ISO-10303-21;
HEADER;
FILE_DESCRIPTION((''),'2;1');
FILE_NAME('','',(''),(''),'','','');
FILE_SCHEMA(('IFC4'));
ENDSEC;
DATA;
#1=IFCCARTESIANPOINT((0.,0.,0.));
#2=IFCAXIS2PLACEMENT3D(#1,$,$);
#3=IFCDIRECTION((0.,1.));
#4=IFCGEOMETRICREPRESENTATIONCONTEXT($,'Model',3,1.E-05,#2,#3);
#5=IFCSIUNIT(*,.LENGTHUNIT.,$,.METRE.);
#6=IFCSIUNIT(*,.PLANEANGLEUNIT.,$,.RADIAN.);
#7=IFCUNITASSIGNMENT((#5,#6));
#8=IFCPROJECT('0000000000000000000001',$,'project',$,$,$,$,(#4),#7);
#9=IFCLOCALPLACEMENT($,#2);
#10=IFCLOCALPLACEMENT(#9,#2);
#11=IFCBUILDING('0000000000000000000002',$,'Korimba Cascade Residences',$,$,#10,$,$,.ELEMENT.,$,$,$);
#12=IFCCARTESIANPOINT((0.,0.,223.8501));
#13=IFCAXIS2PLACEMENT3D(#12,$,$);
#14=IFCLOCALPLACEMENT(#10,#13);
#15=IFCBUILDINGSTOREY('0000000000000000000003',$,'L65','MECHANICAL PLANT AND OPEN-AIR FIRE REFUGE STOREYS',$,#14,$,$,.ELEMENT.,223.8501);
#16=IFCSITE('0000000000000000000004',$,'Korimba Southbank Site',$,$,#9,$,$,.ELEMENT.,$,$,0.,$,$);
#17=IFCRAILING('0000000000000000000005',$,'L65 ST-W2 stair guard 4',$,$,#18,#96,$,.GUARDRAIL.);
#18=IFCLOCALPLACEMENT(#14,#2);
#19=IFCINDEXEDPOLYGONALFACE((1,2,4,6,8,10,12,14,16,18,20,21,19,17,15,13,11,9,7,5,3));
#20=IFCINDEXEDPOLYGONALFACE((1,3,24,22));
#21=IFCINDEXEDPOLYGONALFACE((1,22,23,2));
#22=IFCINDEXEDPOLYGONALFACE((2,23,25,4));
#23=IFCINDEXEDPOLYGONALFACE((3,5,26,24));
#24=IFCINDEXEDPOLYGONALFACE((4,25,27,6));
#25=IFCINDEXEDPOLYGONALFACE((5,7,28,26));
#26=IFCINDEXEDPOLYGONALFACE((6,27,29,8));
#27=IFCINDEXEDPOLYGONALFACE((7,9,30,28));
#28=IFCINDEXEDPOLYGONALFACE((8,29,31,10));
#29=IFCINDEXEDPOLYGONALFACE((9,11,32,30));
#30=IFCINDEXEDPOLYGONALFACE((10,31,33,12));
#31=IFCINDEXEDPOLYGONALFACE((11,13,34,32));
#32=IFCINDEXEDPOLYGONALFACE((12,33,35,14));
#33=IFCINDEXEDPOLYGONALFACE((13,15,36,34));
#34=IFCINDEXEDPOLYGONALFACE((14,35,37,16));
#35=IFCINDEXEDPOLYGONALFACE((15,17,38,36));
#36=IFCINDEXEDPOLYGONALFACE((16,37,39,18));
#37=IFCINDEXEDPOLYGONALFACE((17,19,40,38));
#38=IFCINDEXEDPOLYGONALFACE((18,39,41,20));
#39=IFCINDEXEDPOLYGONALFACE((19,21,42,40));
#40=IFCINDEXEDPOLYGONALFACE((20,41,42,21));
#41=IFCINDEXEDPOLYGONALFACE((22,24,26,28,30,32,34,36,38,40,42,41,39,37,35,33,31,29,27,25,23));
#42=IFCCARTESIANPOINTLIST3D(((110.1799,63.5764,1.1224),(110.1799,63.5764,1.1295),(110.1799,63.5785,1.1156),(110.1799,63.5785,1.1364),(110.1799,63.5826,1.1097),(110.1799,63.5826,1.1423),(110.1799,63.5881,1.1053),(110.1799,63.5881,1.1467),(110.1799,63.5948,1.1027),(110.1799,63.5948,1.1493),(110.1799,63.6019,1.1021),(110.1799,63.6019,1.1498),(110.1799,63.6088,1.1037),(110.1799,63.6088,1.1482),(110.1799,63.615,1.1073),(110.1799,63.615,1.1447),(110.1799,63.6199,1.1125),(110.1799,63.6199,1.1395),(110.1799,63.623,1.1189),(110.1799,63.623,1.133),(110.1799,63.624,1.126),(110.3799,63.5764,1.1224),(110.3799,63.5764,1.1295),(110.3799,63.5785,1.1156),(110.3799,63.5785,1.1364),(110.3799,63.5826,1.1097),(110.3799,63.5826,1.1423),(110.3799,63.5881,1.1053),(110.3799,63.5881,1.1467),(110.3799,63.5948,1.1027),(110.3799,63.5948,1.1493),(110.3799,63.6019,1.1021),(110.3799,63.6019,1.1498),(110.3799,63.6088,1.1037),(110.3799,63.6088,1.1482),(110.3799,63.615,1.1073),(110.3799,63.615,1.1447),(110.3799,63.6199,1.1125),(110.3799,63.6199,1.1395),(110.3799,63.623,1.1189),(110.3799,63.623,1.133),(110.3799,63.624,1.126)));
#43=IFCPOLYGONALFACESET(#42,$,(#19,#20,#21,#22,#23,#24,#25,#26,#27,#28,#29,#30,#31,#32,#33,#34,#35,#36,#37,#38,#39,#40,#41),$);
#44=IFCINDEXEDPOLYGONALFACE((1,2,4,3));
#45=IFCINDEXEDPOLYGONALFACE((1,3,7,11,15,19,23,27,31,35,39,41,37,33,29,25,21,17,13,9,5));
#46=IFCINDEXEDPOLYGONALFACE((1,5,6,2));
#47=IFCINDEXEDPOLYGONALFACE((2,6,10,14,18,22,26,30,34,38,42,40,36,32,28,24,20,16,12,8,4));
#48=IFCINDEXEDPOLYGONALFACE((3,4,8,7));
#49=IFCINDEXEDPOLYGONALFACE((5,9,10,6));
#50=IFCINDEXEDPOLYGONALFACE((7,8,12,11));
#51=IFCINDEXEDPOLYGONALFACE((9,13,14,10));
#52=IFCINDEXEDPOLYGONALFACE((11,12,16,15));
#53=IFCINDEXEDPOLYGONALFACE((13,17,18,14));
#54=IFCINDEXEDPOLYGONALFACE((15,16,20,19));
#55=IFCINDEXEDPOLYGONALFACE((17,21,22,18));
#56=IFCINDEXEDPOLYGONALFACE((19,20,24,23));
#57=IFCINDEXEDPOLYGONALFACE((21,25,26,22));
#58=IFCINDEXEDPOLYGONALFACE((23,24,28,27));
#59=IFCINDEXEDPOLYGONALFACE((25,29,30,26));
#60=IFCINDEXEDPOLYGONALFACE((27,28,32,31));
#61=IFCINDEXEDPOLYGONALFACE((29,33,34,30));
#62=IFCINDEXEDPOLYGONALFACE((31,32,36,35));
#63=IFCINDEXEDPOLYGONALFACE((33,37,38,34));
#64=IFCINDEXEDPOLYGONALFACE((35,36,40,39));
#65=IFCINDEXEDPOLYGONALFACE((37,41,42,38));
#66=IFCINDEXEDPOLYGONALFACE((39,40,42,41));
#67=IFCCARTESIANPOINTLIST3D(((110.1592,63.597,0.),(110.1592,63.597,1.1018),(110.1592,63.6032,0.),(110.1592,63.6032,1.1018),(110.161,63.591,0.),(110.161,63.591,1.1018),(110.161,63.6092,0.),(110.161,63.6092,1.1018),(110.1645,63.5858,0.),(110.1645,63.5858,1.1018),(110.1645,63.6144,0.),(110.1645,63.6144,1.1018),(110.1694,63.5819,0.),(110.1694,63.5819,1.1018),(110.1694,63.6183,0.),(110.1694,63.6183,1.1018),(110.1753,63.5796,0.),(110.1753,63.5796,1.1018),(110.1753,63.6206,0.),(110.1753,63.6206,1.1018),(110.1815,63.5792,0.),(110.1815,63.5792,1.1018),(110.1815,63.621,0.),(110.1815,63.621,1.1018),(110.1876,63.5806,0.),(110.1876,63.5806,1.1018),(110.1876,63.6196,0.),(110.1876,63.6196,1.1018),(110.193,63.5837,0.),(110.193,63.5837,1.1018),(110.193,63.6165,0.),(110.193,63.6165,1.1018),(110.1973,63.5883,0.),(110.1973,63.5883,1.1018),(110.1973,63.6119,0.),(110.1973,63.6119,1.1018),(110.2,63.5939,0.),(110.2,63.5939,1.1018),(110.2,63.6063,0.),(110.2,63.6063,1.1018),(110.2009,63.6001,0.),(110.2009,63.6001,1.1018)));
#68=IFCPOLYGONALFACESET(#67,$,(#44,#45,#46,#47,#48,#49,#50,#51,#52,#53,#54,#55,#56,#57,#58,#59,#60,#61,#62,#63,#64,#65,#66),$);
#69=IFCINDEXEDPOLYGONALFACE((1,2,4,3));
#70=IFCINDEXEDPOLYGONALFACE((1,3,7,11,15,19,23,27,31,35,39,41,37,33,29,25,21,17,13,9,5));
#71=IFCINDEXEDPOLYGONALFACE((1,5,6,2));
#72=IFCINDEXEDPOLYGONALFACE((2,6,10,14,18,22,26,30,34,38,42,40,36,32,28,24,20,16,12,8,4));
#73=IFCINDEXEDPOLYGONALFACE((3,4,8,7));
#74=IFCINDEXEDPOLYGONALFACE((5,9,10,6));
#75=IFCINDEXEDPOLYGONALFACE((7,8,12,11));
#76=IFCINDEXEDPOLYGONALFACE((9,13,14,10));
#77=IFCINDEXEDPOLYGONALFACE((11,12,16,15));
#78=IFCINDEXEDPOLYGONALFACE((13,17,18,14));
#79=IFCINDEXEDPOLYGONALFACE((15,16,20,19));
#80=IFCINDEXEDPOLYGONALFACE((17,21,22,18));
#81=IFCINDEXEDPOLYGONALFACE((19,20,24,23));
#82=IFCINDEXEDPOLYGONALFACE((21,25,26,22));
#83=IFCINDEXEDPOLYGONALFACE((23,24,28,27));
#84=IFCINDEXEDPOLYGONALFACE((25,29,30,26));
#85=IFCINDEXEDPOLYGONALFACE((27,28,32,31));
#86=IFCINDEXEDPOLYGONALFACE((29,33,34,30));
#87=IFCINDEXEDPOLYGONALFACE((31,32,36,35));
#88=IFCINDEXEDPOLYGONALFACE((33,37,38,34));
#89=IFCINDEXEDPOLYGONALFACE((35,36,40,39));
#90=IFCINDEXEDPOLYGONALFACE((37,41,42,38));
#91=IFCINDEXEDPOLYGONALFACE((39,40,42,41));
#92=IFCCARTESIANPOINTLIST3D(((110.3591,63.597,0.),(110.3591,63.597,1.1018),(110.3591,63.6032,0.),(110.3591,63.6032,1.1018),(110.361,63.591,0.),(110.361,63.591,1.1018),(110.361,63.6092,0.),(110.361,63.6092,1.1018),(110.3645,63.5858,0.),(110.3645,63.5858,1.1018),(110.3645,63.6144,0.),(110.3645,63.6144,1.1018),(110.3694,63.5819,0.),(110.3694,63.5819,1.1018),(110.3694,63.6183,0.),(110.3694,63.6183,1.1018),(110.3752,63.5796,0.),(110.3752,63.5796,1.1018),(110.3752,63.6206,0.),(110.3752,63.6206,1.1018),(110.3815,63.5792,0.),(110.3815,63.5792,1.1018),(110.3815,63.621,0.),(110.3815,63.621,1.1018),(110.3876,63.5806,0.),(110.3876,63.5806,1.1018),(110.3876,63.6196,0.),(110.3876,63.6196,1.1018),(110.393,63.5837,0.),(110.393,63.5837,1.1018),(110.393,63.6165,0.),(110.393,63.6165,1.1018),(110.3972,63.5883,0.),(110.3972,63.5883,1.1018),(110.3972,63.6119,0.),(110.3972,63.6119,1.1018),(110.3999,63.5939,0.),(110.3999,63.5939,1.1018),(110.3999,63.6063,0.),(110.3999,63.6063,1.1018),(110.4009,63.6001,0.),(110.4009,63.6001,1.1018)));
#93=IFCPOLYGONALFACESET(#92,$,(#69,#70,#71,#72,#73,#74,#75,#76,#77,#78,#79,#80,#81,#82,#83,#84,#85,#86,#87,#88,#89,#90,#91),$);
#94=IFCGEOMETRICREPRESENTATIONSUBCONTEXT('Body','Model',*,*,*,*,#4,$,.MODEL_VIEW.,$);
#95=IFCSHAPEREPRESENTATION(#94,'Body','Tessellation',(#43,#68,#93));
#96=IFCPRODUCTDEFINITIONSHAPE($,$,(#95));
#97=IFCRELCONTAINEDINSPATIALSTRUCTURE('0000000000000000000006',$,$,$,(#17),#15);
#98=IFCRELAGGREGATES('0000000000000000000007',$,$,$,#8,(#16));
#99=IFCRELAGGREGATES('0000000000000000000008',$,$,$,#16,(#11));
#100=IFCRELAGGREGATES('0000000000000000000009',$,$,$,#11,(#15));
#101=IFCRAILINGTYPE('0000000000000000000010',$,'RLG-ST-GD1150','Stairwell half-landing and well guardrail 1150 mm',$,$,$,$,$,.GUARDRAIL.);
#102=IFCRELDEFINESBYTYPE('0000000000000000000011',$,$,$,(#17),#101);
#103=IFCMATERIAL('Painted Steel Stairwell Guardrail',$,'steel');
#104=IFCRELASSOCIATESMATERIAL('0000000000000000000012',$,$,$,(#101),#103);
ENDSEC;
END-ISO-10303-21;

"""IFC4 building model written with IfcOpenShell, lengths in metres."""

from ifc_helpers import new_model, si_unit, direction, frame, origin, origin_2d, place, context, subcontext, project, spatial, circle, extrude, material, type_object, element, save


model = new_model("IFC4")

# Units and contexts
model_context = context("Model", 3, precision=1e-05, world=origin(), true_north=direction((0.0, 1.0)))
body_context = subcontext(model_context, "Body", "Model", "MODEL_VIEW")
ifc_project = project(units=[si_unit("LENGTHUNIT", "METRE"), si_unit("PLANEANGLEUNIT", "RADIAN")], contexts=[model_context])

# Site, building, storey
site_placement = place(None, origin())
site = spatial("IfcSite", under=ifc_project, at=site_placement, Name="Korimba Southbank Site", CompositionType="ELEMENT", RefElevation=0.0)
building_placement = place(site_placement, origin())
building = spatial("IfcBuilding", under=site, at=building_placement, Name="Korimba Cascade Residences", CompositionType="ELEMENT")
storey_placement = place(building_placement, frame((0.0, 0.0, 223.8501)))
storey = spatial("IfcBuildingStorey", under=building, at=storey_placement, Name="L65", Description="MECHANICAL PLANT AND OPEN-AIR FIRE REFUGE STOREYS", CompositionType="ELEMENT", Elevation=223.8501)

# Railing
ifc_material_1 = material(Name="Painted Steel Stairwell Guardrail", Category="steel")
railing_type_1 = type_object("IfcRailingType", Name="RLG-ST-GD1150", Description="Stairwell half-landing and well guardrail 1150 mm", PredefinedType="GUARDRAIL", material=ifc_material_1)
railing_1_placement = place(storey_placement, frame((110.1799, 63.6001, 0.0)))
element("IfcRailing", 1, at=railing_1_placement, inside=storey, type_object=railing_type_1, Name="L65 ST-W2 stair guard 4", PredefinedType="GUARDRAIL", context=body_context, shape_type="SweptSolid", body=[
    extrude(circle(Radius=0.0239, at=origin_2d()), frame((0.0, 0.0, 1.126), z_axis=(1.0, 0.0, 0.0), x_axis=(0.0, 1.0, 0.0)), (0.0, 0.0, 1.0), 0.2),
    extrude(circle(Radius=0.021, at=origin_2d()), origin(), (0.0, 0.0, 1.0), 1.1018),
    extrude(circle(Radius=0.021, at=origin_2d()), frame((0.2, 0.0, 0.0)), (0.0, 0.0, 1.0), 1.1018),
])

save(model, "model.ifc")
